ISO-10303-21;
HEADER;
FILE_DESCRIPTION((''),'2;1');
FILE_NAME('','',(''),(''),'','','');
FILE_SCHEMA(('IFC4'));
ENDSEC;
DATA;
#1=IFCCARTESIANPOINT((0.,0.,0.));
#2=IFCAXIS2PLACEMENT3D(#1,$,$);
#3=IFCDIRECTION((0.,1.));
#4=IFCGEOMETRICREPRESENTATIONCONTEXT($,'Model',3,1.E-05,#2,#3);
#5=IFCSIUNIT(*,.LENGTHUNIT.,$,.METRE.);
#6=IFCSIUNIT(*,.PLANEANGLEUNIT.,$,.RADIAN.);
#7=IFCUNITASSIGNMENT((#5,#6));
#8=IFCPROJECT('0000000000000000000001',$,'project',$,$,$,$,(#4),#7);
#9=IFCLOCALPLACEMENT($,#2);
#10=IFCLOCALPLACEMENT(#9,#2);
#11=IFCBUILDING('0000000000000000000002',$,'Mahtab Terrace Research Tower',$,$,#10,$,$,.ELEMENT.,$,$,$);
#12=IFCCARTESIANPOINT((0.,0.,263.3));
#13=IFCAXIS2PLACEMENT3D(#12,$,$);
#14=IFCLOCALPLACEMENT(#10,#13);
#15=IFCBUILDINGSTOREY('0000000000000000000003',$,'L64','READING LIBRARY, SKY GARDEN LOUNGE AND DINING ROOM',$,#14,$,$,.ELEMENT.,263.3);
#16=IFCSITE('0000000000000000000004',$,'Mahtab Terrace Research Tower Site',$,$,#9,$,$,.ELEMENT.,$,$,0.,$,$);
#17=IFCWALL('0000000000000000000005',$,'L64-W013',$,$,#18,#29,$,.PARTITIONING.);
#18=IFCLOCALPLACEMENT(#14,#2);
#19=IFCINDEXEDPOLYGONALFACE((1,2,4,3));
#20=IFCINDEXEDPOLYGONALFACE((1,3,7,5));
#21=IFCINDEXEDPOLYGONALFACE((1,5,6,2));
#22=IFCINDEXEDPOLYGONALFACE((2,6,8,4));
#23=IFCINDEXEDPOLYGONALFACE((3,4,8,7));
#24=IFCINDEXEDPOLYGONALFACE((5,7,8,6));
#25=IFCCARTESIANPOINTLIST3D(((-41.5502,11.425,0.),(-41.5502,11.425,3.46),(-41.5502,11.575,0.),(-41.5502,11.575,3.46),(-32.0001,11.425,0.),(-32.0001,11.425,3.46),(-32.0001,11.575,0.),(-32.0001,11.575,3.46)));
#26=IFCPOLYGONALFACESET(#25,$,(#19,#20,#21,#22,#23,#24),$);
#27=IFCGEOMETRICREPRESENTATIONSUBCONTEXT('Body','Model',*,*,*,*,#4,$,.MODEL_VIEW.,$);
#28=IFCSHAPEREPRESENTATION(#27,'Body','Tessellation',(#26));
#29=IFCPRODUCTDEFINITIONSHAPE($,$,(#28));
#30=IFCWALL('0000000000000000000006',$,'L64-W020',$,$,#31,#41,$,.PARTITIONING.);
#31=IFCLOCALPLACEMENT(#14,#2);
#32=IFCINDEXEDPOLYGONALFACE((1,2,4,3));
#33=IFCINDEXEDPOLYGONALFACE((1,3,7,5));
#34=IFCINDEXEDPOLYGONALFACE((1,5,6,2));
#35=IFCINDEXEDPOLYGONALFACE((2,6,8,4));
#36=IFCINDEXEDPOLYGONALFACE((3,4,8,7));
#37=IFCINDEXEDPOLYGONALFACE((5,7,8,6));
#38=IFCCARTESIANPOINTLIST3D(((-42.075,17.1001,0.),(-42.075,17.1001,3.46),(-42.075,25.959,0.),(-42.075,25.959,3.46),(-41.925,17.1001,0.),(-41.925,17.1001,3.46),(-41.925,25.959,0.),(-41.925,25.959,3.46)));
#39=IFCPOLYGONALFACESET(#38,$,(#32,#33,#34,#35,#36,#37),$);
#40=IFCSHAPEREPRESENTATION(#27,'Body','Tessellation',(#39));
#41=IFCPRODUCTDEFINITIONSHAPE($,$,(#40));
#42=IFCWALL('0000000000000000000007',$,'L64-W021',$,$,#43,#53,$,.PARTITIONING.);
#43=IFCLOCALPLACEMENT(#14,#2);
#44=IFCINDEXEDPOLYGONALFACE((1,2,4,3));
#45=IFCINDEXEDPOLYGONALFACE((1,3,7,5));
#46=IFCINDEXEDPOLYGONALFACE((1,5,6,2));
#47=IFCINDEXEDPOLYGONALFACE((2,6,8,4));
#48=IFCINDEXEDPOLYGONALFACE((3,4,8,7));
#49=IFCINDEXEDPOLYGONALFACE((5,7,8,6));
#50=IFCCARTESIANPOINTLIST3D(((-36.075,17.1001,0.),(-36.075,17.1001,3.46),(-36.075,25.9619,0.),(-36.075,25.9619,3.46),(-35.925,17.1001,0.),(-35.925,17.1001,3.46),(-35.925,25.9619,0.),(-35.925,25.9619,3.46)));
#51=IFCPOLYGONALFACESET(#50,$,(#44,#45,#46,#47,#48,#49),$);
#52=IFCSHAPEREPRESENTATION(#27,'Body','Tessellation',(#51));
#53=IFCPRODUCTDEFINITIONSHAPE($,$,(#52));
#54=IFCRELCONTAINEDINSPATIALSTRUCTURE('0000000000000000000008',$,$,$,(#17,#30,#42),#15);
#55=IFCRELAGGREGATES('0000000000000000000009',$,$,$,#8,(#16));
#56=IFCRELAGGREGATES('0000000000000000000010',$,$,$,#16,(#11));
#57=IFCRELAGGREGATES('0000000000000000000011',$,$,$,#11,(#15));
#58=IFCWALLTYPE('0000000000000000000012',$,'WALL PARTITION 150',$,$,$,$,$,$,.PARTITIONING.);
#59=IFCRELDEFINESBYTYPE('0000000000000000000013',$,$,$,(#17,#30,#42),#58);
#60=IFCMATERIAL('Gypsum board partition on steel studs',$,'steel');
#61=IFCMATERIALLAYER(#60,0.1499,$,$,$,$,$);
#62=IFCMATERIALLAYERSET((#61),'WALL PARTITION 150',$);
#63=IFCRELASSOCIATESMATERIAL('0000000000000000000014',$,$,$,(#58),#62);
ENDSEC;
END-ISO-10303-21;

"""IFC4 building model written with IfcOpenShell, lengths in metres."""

from ifc_helpers import new_model, si_unit, direction, frame, frame_2d, origin, place, context, subcontext, project, spatial, rectangle, extrude, material, layer, layer_set, type_object, element, save


model = new_model("IFC4")

# Units and contexts
model_context = context("Model", 3, precision=1e-05, world=origin(), true_north=direction((0.0, 1.0)))
body_context = subcontext(model_context, "Body", "Model", "MODEL_VIEW")
ifc_project = project(units=[si_unit("LENGTHUNIT", "METRE"), si_unit("PLANEANGLEUNIT", "RADIAN")], contexts=[model_context])

# Site, building, storey
site_placement = place(None, origin())
site = spatial("IfcSite", under=ifc_project, at=site_placement, Name="Mahtab Terrace Research Tower Site", CompositionType="ELEMENT", RefElevation=0.0)
building_placement = place(site_placement, origin())
building = spatial("IfcBuilding", under=site, at=building_placement, Name="Mahtab Terrace Research Tower", CompositionType="ELEMENT")
storey_placement = place(building_placement, frame((0.0, 0.0, 263.3)))
storey = spatial("IfcBuildingStorey", under=building, at=storey_placement, Name="L64", Description="READING LIBRARY, SKY GARDEN LOUNGE AND DINING ROOM", CompositionType="ELEMENT", Elevation=263.3)

# Walls
ifc_material = material(Name="Gypsum board partition on steel studs", Category="steel")
ifc_layer = layer(ifc_material, 0.1499)
ifc_layer_set = layer_set([ifc_layer], Name="WALL PARTITION 150")
wall_type = type_object("IfcWallType", Name="WALL PARTITION 150", PredefinedType="PARTITIONING", material=ifc_layer_set)
wall_1_placement = place(storey_placement, frame((-41.55, 11.5, 0.0), z_axis=(0.0, 0.0, 1.0), x_axis=(1.0, 0.0, 0.0)))
element("IfcWall", 1, at=wall_1_placement, inside=storey, type_object=wall_type, Name="L64-W013", PredefinedType="PARTITIONING", context=body_context, shape_type="SweptSolid", body=[
    extrude(rectangle(XDim=9.55, YDim=0.1499, at=frame_2d((4.7749, 0.0))), origin(), (0.0, 0.0, 1.0), 3.46),
])
wall_2_placement = place(storey_placement, frame((-42.0, 17.1001, 0.0), z_axis=(0.0, 0.0, 1.0), x_axis=(0.0, 1.0, 0.0)))
element("IfcWall", 2, at=wall_2_placement, inside=storey, type_object=wall_type, Name="L64-W020", PredefinedType="PARTITIONING", context=body_context, shape_type="SweptSolid", body=[
    extrude(rectangle(XDim=8.8589, YDim=0.1499, at=frame_2d((4.4294, 0.0))), origin(), (0.0, 0.0, 1.0), 3.46),
])
wall_3_placement = place(storey_placement, frame((-36.0, 17.1001, 0.0), z_axis=(0.0, 0.0, 1.0), x_axis=(0.0, 1.0, 0.0)))
element("IfcWall", 3, at=wall_3_placement, inside=storey, type_object=wall_type, Name="L64-W021", PredefinedType="PARTITIONING", context=body_context, shape_type="SweptSolid", body=[
    extrude(rectangle(XDim=8.8618, YDim=0.1499, at=frame_2d((4.4309, 0.0))), origin(), (0.0, 0.0, 1.0), 3.46),
])

save(model, "model.ifc")
